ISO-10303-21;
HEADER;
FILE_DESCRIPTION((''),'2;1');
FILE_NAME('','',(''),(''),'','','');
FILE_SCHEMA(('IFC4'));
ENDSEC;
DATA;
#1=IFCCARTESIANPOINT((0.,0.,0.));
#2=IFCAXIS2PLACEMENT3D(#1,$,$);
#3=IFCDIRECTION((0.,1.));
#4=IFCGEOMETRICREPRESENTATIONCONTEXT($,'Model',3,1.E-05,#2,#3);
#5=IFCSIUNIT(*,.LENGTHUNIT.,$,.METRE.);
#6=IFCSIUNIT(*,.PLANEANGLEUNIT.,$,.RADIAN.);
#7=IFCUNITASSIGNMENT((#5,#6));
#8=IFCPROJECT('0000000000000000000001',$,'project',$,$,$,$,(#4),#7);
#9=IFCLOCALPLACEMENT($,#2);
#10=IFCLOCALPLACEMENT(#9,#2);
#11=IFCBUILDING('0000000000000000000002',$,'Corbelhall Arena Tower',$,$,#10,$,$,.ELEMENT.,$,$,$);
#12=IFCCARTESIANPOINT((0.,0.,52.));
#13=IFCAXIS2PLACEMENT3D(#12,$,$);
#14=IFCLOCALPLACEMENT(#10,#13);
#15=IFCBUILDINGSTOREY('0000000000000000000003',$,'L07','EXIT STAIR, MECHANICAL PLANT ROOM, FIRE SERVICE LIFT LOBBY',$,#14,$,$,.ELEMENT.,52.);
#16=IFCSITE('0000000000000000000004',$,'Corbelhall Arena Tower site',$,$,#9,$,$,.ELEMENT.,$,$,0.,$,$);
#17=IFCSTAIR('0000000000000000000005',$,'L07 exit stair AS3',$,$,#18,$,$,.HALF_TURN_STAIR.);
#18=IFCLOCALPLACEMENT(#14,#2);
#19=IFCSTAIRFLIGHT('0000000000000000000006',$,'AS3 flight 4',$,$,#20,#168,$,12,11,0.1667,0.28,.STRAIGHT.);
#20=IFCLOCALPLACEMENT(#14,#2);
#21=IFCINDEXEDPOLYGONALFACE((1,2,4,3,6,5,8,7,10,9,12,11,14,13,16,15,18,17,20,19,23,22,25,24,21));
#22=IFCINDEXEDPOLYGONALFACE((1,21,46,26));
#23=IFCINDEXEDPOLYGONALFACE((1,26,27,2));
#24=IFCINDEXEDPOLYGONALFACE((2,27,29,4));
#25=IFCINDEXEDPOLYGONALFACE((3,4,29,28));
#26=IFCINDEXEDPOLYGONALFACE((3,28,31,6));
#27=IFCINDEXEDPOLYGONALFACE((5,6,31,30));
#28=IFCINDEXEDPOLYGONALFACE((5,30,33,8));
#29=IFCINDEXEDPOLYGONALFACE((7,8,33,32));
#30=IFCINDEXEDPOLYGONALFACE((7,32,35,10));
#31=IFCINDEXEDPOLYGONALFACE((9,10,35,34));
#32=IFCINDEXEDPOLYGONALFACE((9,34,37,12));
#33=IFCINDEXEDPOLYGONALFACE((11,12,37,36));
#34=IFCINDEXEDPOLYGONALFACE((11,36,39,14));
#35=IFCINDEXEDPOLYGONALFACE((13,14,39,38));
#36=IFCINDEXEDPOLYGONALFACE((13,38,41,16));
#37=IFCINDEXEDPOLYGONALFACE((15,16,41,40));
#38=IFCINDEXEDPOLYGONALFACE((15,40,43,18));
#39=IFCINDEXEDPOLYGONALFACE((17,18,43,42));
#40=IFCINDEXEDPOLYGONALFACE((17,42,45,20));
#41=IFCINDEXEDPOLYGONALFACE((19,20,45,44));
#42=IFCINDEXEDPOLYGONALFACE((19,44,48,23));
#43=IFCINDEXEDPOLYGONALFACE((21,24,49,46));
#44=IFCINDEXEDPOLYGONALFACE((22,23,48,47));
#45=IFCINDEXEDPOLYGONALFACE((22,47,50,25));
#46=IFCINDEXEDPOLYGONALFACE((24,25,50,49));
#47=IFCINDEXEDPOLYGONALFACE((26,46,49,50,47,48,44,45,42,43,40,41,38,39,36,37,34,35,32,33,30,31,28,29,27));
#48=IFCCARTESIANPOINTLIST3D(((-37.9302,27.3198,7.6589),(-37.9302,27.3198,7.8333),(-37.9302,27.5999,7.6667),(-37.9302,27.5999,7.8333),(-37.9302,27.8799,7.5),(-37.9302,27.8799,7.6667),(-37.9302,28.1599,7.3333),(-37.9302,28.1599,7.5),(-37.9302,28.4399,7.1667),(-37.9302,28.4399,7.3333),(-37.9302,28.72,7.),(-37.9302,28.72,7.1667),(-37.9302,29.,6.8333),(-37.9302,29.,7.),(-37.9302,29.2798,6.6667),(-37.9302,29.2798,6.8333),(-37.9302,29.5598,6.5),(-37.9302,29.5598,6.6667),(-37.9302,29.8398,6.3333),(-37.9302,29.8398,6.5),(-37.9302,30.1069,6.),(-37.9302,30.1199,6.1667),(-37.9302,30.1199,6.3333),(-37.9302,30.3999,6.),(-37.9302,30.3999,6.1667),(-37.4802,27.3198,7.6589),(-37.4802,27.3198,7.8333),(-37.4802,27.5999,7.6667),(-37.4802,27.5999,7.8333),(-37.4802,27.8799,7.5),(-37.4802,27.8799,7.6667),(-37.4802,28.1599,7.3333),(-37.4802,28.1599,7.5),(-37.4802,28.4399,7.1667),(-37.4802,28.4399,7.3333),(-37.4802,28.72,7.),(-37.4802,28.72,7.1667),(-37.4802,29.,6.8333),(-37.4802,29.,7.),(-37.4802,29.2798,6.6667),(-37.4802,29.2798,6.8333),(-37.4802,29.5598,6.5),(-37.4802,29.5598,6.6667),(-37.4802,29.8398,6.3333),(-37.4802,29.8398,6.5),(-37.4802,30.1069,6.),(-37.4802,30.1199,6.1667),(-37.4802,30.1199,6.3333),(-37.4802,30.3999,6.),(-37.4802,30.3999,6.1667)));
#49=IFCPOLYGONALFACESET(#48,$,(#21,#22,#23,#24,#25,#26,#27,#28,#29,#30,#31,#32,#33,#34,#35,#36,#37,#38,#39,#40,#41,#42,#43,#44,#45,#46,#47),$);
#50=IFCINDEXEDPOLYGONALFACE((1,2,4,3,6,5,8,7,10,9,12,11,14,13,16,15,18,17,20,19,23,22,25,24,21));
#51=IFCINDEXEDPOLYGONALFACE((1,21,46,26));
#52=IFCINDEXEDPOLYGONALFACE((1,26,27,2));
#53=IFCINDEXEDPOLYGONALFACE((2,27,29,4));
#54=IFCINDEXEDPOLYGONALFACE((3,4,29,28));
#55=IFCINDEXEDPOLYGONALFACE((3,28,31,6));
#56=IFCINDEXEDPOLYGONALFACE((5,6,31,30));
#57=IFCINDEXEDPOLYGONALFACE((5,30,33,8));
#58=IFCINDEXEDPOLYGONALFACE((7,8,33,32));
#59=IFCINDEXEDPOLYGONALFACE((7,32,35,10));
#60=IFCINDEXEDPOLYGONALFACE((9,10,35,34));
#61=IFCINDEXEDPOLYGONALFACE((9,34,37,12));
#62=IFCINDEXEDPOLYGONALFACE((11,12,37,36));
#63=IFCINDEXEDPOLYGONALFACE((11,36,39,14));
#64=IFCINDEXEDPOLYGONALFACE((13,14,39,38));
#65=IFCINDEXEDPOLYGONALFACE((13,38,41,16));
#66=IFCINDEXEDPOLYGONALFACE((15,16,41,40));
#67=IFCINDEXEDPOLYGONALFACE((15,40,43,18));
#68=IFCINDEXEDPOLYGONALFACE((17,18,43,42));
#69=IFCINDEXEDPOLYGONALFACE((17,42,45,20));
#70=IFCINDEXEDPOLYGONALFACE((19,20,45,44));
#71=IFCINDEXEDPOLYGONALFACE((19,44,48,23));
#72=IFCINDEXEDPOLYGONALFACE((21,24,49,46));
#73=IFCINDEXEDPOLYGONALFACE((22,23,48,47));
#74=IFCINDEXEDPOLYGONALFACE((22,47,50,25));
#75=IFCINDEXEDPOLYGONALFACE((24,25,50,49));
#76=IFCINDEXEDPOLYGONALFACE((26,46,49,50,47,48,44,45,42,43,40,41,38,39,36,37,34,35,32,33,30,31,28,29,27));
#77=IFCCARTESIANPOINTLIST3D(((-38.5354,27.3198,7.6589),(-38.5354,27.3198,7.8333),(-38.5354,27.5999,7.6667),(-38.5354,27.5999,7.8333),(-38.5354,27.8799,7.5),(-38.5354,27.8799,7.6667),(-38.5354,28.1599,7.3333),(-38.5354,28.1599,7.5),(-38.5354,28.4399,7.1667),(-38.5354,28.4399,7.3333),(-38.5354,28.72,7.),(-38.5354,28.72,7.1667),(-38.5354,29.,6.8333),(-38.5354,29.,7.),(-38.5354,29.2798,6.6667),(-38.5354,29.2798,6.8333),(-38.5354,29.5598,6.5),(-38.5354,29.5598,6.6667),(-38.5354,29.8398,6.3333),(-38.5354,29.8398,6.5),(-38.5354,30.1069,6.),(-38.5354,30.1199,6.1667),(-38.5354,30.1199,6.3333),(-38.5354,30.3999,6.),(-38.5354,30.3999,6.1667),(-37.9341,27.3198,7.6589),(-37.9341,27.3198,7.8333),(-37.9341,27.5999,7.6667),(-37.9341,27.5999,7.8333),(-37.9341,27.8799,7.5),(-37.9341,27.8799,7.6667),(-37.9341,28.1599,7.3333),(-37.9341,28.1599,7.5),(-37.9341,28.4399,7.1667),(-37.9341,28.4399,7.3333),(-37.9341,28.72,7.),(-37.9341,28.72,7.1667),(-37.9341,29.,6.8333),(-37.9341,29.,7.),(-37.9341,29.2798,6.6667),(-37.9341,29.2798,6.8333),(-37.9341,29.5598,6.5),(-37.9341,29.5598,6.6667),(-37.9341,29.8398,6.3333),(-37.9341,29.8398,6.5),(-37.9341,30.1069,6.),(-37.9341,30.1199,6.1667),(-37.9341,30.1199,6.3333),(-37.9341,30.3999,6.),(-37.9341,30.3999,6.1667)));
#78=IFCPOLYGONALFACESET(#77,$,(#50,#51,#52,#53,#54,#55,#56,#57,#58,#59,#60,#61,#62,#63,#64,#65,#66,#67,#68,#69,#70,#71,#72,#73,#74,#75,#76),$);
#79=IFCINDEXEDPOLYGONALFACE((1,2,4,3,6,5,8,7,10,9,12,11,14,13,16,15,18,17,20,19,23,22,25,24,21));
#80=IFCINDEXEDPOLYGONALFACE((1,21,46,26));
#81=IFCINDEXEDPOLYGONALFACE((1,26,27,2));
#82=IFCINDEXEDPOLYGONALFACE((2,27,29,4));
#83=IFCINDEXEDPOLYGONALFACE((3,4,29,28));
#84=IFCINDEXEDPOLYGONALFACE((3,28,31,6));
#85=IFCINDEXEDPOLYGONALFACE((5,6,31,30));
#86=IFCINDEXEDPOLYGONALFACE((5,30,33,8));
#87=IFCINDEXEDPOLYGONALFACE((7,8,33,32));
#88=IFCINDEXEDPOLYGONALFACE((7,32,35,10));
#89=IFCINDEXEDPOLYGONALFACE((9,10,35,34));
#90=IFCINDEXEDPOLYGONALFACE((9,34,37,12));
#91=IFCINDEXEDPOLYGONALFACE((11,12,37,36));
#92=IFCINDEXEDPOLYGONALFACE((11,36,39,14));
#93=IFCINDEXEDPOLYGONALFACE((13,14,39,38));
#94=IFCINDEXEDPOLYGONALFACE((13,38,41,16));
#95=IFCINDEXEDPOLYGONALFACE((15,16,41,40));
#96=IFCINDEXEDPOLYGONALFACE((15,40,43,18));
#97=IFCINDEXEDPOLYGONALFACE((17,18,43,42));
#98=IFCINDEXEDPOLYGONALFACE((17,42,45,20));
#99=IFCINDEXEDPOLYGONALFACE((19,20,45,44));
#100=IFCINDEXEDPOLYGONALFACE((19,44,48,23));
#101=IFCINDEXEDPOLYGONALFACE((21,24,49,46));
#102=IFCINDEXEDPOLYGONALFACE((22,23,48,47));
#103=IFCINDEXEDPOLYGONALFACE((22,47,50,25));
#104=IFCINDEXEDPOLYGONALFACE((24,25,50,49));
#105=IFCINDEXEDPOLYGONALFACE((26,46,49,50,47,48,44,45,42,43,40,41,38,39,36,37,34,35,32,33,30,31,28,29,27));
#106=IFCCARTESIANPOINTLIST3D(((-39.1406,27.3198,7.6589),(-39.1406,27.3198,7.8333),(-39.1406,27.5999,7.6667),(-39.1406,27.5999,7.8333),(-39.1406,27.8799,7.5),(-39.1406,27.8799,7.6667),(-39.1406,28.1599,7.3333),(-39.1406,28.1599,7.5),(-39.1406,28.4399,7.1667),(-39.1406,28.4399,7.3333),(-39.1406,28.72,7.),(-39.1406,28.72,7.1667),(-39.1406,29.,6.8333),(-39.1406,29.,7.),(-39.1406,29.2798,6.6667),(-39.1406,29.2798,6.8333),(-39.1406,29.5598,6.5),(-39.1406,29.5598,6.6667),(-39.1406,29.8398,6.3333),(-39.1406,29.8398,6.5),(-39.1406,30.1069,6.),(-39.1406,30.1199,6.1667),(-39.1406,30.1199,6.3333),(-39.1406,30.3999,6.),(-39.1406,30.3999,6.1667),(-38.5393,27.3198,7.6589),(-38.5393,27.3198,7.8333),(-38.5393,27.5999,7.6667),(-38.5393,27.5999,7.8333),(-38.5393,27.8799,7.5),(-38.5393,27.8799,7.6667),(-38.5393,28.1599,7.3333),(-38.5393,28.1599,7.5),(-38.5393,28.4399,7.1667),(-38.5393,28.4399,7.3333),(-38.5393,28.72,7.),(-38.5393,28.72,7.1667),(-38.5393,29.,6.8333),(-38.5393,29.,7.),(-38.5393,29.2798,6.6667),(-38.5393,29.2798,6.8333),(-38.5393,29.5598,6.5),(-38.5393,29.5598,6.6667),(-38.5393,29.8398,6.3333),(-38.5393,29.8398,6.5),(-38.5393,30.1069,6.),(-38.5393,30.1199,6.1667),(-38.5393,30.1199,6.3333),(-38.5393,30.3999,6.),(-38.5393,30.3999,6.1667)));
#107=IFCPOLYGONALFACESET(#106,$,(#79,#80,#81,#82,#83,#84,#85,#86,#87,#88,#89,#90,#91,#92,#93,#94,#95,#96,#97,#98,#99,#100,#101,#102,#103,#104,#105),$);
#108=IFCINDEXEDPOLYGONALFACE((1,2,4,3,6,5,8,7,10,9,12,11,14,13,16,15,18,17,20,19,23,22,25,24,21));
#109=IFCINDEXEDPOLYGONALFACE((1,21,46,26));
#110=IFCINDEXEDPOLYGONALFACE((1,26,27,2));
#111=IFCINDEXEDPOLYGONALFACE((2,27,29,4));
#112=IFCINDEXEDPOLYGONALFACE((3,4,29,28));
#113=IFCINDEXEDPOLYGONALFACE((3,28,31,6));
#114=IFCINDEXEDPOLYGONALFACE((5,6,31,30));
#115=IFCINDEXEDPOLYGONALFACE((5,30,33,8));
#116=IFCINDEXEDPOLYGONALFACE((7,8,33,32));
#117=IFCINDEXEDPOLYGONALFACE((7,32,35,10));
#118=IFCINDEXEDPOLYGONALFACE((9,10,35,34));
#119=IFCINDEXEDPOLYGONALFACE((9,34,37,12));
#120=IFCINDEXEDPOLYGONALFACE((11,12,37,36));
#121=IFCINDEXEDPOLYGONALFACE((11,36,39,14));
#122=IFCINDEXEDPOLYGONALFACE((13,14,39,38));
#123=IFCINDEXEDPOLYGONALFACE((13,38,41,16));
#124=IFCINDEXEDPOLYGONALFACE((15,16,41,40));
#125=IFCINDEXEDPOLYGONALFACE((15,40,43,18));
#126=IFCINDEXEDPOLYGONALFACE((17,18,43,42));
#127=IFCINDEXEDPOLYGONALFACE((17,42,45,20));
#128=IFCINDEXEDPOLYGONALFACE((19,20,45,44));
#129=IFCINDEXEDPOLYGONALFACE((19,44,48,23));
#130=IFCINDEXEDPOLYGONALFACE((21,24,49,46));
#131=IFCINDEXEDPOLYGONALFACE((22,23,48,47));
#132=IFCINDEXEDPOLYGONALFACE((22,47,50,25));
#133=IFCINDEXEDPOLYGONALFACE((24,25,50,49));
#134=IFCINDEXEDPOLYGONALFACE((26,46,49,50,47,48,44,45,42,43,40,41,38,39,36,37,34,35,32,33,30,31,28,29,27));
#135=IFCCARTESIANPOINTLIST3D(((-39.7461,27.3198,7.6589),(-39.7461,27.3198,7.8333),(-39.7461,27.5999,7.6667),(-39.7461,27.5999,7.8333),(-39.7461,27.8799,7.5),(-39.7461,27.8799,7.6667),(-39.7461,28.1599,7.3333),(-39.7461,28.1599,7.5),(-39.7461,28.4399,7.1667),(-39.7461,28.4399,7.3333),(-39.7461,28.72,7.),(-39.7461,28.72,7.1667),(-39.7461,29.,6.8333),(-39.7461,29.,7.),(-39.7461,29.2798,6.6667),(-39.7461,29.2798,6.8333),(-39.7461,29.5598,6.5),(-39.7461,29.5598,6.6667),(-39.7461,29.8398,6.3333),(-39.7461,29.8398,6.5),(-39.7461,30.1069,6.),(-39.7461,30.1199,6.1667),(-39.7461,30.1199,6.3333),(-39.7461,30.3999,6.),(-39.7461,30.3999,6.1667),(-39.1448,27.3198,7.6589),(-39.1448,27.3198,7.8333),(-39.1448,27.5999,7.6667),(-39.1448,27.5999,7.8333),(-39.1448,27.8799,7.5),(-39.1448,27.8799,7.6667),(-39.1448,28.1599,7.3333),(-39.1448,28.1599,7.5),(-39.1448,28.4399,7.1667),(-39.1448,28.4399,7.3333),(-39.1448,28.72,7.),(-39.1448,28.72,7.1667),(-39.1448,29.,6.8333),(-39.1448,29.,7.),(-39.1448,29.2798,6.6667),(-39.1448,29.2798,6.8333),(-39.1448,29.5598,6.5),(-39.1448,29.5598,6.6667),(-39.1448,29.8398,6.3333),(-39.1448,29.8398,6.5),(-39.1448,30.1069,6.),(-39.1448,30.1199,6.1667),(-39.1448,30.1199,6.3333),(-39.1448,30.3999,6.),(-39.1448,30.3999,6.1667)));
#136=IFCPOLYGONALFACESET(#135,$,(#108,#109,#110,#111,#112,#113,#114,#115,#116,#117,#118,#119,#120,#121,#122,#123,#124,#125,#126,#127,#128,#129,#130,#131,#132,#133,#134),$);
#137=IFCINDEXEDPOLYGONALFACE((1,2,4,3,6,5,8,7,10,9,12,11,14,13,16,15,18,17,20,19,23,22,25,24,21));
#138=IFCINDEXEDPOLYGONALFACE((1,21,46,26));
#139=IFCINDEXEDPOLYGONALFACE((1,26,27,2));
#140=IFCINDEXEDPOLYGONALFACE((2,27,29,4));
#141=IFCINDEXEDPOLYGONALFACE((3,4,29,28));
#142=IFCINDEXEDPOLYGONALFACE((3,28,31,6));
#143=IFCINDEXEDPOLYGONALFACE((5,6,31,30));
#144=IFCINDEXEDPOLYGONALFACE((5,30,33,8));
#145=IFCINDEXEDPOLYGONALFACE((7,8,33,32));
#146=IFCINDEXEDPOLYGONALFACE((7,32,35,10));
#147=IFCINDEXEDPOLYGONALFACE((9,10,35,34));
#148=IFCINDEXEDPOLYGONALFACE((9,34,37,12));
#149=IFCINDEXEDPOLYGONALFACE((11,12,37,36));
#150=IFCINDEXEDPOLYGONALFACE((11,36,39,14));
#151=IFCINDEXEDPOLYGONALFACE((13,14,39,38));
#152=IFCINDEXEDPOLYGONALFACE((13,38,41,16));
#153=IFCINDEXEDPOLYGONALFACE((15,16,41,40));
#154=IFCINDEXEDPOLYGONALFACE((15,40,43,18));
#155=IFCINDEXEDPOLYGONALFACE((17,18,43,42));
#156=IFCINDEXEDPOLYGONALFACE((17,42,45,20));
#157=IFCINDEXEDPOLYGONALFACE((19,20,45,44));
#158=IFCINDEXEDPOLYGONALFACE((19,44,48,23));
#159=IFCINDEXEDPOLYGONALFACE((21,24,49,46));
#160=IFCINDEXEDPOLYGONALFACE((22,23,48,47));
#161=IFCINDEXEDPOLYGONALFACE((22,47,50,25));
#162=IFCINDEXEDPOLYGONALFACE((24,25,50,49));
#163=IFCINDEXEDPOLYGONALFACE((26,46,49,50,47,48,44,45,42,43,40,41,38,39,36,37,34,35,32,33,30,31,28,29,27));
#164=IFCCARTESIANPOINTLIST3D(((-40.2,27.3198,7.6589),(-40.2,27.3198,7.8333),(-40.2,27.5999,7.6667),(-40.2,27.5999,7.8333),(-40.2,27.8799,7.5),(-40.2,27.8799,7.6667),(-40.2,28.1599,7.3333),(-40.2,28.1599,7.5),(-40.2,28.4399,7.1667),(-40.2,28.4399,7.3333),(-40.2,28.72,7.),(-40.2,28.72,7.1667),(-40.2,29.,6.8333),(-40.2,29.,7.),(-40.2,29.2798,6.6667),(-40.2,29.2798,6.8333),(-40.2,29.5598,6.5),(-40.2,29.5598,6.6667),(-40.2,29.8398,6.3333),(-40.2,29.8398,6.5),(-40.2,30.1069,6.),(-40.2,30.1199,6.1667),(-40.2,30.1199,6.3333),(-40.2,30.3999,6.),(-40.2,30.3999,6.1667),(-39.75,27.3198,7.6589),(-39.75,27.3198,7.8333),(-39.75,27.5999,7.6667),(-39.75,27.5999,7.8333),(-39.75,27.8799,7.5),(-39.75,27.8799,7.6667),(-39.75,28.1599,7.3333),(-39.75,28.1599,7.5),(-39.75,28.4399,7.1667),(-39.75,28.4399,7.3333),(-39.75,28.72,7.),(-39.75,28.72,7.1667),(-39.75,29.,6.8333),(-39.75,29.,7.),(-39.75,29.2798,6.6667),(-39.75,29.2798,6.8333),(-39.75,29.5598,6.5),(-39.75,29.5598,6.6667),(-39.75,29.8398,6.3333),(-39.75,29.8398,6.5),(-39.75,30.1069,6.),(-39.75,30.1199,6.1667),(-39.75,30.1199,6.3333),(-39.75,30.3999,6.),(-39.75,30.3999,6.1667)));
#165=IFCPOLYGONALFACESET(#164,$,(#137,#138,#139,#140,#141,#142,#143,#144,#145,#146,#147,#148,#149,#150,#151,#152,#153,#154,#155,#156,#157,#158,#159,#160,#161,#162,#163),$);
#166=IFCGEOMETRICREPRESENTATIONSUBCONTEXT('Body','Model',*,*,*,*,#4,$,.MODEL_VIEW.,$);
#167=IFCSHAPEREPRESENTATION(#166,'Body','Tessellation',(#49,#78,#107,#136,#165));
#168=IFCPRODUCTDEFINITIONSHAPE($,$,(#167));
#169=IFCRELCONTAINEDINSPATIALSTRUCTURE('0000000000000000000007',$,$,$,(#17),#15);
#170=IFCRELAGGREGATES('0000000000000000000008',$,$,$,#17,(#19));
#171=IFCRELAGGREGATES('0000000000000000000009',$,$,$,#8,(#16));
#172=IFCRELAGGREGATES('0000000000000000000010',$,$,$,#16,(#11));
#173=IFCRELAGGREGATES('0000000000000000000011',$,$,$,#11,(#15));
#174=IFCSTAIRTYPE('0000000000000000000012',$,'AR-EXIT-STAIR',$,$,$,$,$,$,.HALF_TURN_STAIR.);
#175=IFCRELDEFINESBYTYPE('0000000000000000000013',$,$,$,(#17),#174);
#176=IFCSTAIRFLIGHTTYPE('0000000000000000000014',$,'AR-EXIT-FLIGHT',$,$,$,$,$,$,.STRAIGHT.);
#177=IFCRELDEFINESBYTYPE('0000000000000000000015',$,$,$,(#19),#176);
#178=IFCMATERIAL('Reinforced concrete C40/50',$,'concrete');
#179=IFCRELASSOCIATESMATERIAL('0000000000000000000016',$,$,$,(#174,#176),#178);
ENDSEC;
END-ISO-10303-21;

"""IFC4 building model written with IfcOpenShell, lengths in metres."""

from ifc_helpers import new_model, si_unit, direction, frame, origin, place, context, subcontext, project, spatial, polyline, outline, extrude, material, type_object, element, aggregate, save


model = new_model("IFC4")

# Units and contexts
model_context = context("Model", 3, precision=1e-05, world=origin(), true_north=direction((0.0, 1.0)))
body_context = subcontext(model_context, "Body", "Model", "MODEL_VIEW")
ifc_project = project(units=[si_unit("LENGTHUNIT", "METRE"), si_unit("PLANEANGLEUNIT", "RADIAN")], contexts=[model_context])

# Site, building, storey
site_placement = place(None, origin())
site = spatial("IfcSite", under=ifc_project, at=site_placement, Name="Corbelhall Arena Tower site", CompositionType="ELEMENT", RefElevation=0.0)
building_placement = place(site_placement, origin())
building = spatial("IfcBuilding", under=site, at=building_placement, Name="Corbelhall Arena Tower", CompositionType="ELEMENT")
storey_placement = place(building_placement, frame((0.0, 0.0, 52.0)))
storey = spatial("IfcBuildingStorey", under=building, at=storey_placement, Name="L07", Description="EXIT STAIR, MECHANICAL PLANT ROOM, FIRE SERVICE LIFT LOBBY", CompositionType="ELEMENT", Elevation=52.0)

# Shared definitions
ifc_material_1 = material(Name="Reinforced concrete C40/50", Category="concrete")

# Stair, stair flight
stair_type = type_object("IfcStairType", Name="AR-EXIT-STAIR", PredefinedType="HALF_TURN_STAIR", material=ifc_material_1)
stair_1_placement = place(storey_placement, origin())
stair_1 = element("IfcStair", 1, at=stair_1_placement, inside=storey, type_object=stair_type, Name="L07 exit stair AS3", PredefinedType="HALF_TURN_STAIR")
stair_flight_type = type_object("IfcStairFlightType", Name="AR-EXIT-FLIGHT", PredefinedType="STRAIGHT", material=ifc_material_1)
stair_flight_1_placement = place(storey_placement, frame((-38.8401, 30.3999, 6.0), z_axis=(0.0, 0.0, 1.0), x_axis=(0.0, -1.0, 0.0)))
stair_flight_1 = element("IfcStairFlight", 2, at=stair_flight_1_placement, type_object=stair_flight_type, Name="AS3 flight 4", NumberOfRisers=12, NumberOfTreads=11, PredefinedType="STRAIGHT", RiserHeight=0.1667, TreadLength=0.28, context=body_context, shape_type="SweptSolid", body=[
    extrude(outline(polyline([(0.0, 0.0), (0.0, 0.1667), (0.28, 0.1667), (0.28, 0.3333), (0.5601, 0.3333), (0.5601, 0.5), (0.8401, 0.5), (0.8401, 0.6667), (1.1201, 0.6667), (1.1201, 0.8333), (1.3999, 0.8333), (1.3999, 1.0), (1.6799, 1.0), (1.6799, 1.1667), (1.96, 1.1667), (1.96, 1.3333), (2.24, 1.3333), (2.24, 1.5), (2.52, 1.5), (2.52, 1.6667), (2.8, 1.6667), (2.8, 1.8333), (3.0801, 1.8333), (3.0801, 2.0), (3.0801, 1.6589), (0.293, 0.0), (0.0, 0.0)])), frame((0.0, 1.3599, 0.0), z_axis=(0.0, -1.0, 0.0), x_axis=(1.0, 0.0, 0.0)), (0.0, 0.0, 1.0), 0.45),
    extrude(outline(polyline([(0.0, 0.0), (0.0, 0.1667), (0.28, 0.1667), (0.28, 0.3333), (0.5601, 0.3333), (0.5601, 0.5), (0.8401, 0.5), (0.8401, 0.6667), (1.1201, 0.6667), (1.1201, 0.8333), (1.3999, 0.8333), (1.3999, 1.0), (1.6799, 1.0), (1.6799, 1.1667), (1.96, 1.1667), (1.96, 1.3333), (2.24, 1.3333), (2.24, 1.5), (2.52, 1.5), (2.52, 1.6667), (2.8, 1.6667), (2.8, 1.8333), (3.0801, 1.8333), (3.0801, 2.0), (3.0801, 1.6589), (0.293, 0.0), (0.0, 0.0)])), frame((0.0, 0.906, 0.0), z_axis=(0.0, -1.0, 0.0), x_axis=(1.0, 0.0, 0.0)), (0.0, 0.0, 1.0), 0.6013),
    extrude(outline(polyline([(0.0, 0.0), (0.0, 0.1667), (0.28, 0.1667), (0.28, 0.3333), (0.5601, 0.3333), (0.5601, 0.5), (0.8401, 0.5), (0.8401, 0.6667), (1.1201, 0.6667), (1.1201, 0.8333), (1.3999, 0.8333), (1.3999, 1.0), (1.6799, 1.0), (1.6799, 1.1667), (1.96, 1.1667), (1.96, 1.3333), (2.24, 1.3333), (2.24, 1.5), (2.52, 1.5), (2.52, 1.6667), (2.8, 1.6667), (2.8, 1.8333), (3.0801, 1.8333), (3.0801, 2.0), (3.0801, 1.6589), (0.293, 0.0), (0.0, 0.0)])), frame((0.0, 0.3008, 0.0), z_axis=(0.0, -1.0, 0.0), x_axis=(1.0, 0.0, 0.0)), (0.0, 0.0, 1.0), 0.6013),
    extrude(outline(polyline([(0.0, 0.0), (0.0, 0.1667), (0.28, 0.1667), (0.28, 0.3333), (0.5601, 0.3333), (0.5601, 0.5), (0.8401, 0.5), (0.8401, 0.6667), (1.1201, 0.6667), (1.1201, 0.8333), (1.3999, 0.8333), (1.3999, 1.0), (1.6799, 1.0), (1.6799, 1.1667), (1.96, 1.1667), (1.96, 1.3333), (2.24, 1.3333), (2.24, 1.5), (2.52, 1.5), (2.52, 1.6667), (2.8, 1.6667), (2.8, 1.8333), (3.0801, 1.8333), (3.0801, 2.0), (3.0801, 1.6589), (0.293, 0.0), (0.0, 0.0)])), frame((0.0, -0.3047, 0.0), z_axis=(0.0, -1.0, 0.0), x_axis=(1.0, 0.0, 0.0)), (0.0, 0.0, 1.0), 0.6013),
    extrude(outline(polyline([(0.0, 0.0), (0.0, 0.1667), (0.28, 0.1667), (0.28, 0.3333), (0.5601, 0.3333), (0.5601, 0.5), (0.8401, 0.5), (0.8401, 0.6667), (1.1201, 0.6667), (1.1201, 0.8333), (1.3999, 0.8333), (1.3999, 1.0), (1.6799, 1.0), (1.6799, 1.1667), (1.96, 1.1667), (1.96, 1.3333), (2.24, 1.3333), (2.24, 1.5), (2.52, 1.5), (2.52, 1.6667), (2.8, 1.6667), (2.8, 1.8333), (3.0801, 1.8333), (3.0801, 2.0), (3.0801, 1.6589), (0.293, 0.0), (0.0, 0.0)])), frame((0.0, -0.9099, 0.0), z_axis=(0.0, -1.0, 0.0), x_axis=(1.0, 0.0, 0.0)), (0.0, 0.0, 1.0), 0.45),
])
aggregate(stair_1, [stair_flight_1])

save(model, "model.ifc")
